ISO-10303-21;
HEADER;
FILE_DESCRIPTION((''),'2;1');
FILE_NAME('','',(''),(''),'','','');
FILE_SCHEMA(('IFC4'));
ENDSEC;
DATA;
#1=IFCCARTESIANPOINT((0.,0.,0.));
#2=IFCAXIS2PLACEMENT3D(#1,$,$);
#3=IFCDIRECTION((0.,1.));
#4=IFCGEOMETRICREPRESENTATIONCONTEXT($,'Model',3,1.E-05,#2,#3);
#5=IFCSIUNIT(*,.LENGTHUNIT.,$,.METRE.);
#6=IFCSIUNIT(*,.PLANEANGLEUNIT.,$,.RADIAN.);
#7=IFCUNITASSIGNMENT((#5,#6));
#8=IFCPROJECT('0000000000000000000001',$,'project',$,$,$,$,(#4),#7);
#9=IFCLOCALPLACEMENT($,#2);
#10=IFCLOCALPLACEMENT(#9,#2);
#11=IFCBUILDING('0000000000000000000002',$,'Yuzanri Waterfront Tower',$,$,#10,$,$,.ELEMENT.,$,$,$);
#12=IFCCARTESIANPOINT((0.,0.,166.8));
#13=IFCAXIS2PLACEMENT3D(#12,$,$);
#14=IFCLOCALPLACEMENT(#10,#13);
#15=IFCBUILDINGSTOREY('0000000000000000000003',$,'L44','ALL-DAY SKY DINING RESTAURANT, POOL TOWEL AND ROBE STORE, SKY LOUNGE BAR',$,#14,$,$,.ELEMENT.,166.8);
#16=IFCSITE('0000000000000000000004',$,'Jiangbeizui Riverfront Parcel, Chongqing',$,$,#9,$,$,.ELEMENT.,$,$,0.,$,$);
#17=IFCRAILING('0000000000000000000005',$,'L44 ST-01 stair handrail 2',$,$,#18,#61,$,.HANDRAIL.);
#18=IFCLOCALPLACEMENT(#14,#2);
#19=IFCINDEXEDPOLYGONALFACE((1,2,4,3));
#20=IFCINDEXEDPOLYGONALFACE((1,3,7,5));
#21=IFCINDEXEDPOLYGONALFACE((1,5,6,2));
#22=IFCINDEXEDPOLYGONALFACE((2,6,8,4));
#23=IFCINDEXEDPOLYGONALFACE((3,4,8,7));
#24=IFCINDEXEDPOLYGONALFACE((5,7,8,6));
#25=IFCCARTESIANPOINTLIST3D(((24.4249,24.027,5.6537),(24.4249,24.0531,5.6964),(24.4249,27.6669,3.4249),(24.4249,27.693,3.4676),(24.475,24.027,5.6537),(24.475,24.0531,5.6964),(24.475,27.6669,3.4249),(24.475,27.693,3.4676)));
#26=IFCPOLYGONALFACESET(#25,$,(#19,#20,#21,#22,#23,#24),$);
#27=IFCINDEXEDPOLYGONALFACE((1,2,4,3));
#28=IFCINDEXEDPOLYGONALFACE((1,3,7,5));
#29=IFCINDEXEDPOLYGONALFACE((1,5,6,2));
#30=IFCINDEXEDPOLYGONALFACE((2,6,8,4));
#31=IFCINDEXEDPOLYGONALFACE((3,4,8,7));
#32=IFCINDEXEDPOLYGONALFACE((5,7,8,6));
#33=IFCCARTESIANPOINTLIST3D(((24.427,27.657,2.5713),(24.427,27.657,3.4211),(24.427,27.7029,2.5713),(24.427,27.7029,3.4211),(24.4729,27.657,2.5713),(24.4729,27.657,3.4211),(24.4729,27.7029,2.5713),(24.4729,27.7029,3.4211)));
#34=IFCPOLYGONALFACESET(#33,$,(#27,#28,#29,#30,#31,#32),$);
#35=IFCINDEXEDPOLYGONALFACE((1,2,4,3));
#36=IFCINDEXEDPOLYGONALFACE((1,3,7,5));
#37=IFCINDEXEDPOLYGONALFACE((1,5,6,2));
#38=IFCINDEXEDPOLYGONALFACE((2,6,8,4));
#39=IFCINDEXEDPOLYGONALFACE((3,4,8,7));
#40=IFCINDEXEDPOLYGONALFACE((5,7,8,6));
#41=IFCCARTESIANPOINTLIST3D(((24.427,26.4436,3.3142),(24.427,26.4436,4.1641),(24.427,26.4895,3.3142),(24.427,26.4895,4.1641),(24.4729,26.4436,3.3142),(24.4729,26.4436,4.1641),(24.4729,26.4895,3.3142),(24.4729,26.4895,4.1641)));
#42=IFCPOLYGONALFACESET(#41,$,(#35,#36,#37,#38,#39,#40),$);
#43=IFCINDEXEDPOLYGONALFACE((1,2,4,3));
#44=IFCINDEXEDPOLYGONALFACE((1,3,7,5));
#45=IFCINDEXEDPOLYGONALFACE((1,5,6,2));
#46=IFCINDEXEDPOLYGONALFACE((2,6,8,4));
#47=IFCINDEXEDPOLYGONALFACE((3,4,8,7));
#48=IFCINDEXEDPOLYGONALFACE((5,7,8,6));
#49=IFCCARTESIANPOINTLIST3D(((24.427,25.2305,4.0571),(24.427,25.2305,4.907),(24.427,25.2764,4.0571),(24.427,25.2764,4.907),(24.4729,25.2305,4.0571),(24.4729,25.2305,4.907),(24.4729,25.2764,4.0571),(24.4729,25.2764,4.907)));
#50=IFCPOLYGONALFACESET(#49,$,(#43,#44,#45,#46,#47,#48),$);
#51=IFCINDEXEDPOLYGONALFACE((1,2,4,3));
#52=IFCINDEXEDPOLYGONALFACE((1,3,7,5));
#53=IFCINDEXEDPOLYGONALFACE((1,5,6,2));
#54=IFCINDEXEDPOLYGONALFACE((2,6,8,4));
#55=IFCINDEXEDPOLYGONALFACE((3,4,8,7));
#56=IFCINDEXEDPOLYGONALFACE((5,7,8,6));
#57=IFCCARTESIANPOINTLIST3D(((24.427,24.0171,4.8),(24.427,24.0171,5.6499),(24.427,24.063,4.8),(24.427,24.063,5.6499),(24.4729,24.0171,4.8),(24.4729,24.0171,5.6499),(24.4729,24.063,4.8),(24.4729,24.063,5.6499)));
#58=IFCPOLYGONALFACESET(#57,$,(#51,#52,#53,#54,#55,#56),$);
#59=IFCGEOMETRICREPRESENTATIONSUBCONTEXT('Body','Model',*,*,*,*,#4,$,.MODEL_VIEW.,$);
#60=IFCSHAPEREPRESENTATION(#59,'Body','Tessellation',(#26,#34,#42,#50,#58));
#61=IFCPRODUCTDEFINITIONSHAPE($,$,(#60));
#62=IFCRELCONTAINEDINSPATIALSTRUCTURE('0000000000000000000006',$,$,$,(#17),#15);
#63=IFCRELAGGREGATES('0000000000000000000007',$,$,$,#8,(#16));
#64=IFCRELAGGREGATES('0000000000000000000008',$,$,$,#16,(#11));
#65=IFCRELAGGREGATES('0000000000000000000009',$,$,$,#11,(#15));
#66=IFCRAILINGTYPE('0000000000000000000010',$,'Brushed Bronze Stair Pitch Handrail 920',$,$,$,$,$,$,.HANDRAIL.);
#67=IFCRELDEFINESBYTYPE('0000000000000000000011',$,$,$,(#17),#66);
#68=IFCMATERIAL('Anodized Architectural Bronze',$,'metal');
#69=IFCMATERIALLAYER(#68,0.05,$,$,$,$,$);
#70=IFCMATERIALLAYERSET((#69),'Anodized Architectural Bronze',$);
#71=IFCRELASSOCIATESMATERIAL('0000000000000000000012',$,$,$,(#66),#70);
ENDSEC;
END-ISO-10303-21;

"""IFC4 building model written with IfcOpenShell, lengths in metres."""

from ifc_helpers import new_model, si_unit, direction, frame, origin, origin_2d, place, context, subcontext, project, spatial, rectangle, extrude, source, transform, mapped, material, layer, layer_set, type_object, element, save


model = new_model("IFC4")

# Units and contexts
model_context = context("Model", 3, precision=1e-05, world=origin(), true_north=direction((0.0, 1.0)))
body_context = subcontext(model_context, "Body", "Model", "MODEL_VIEW")
ifc_project = project(units=[si_unit("LENGTHUNIT", "METRE"), si_unit("PLANEANGLEUNIT", "RADIAN")], contexts=[model_context])

# Site, building, storey
site_placement = place(None, origin())
site = spatial("IfcSite", under=ifc_project, at=site_placement, Name="Jiangbeizui Riverfront Parcel, Chongqing", CompositionType="ELEMENT", RefElevation=0.0)
building_placement = place(site_placement, origin())
building = spatial("IfcBuilding", under=site, at=building_placement, Name="Yuzanri Waterfront Tower", CompositionType="ELEMENT")
storey_placement = place(building_placement, frame((0.0, 0.0, 166.8)))
storey = spatial("IfcBuildingStorey", under=building, at=storey_placement, Name="L44", Description="ALL-DAY SKY DINING RESTAURANT, POOL TOWEL AND ROBE STORE, SKY LOUNGE BAR", CompositionType="ELEMENT", Elevation=166.8)

# Railing
ifc_material_1 = material(Name="Anodized Architectural Bronze", Category="metal")
ifc_layer_1 = layer(ifc_material_1, 0.05)
ifc_layer_set_1 = layer_set([ifc_layer_1], Name="Anodized Architectural Bronze")
railing_type_1 = type_object("IfcRailingType", Name="Brushed Bronze Stair Pitch Handrail 920", PredefinedType="HANDRAIL", material=ifc_layer_set_1)
shared_shape_1 = source(origin(), body_context, "Body", "SweptSolid", [
    extrude(rectangle(XDim=0.05, YDim=0.05, at=origin_2d()), frame((0.0, 0.0, 0.875), z_axis=(0.0, -0.852825, 0.522197), x_axis=(1.0, 0.0, 0.0)), (0.0, 0.0, 1.0), 4.2681),
    extrude(rectangle(XDim=0.0459, YDim=0.0459, at=origin_2d()), origin(), (0.0, 0.0, 1.0), 0.8499),
    extrude(rectangle(XDim=0.0459, YDim=0.0459, at=origin_2d()), frame((0.0, -1.2134, 0.7429)), (0.0, 0.0, 1.0), 0.8499),
    extrude(rectangle(XDim=0.0459, YDim=0.0459, at=origin_2d()), frame((0.0, -2.4265, 1.4858)), (0.0, 0.0, 1.0), 0.8499),
    extrude(rectangle(XDim=0.0459, YDim=0.0459, at=origin_2d()), frame((0.0, -3.6399, 2.2288)), (0.0, 0.0, 1.0), 0.8499),
])
railing_1_placement = place(storey_placement, frame((24.45, 27.6799, 2.5713)))
element("IfcRailing", 1, at=railing_1_placement, inside=storey, type_object=railing_type_1, Name="L44 ST-01 stair handrail 2", PredefinedType="HANDRAIL", context=body_context, shape_type="MappedRepresentation", body=[
    mapped(shared_shape_1, transform((0.0, 0.0, 0.0), scale=1.0)),
])

save(model, "model.ifc")
